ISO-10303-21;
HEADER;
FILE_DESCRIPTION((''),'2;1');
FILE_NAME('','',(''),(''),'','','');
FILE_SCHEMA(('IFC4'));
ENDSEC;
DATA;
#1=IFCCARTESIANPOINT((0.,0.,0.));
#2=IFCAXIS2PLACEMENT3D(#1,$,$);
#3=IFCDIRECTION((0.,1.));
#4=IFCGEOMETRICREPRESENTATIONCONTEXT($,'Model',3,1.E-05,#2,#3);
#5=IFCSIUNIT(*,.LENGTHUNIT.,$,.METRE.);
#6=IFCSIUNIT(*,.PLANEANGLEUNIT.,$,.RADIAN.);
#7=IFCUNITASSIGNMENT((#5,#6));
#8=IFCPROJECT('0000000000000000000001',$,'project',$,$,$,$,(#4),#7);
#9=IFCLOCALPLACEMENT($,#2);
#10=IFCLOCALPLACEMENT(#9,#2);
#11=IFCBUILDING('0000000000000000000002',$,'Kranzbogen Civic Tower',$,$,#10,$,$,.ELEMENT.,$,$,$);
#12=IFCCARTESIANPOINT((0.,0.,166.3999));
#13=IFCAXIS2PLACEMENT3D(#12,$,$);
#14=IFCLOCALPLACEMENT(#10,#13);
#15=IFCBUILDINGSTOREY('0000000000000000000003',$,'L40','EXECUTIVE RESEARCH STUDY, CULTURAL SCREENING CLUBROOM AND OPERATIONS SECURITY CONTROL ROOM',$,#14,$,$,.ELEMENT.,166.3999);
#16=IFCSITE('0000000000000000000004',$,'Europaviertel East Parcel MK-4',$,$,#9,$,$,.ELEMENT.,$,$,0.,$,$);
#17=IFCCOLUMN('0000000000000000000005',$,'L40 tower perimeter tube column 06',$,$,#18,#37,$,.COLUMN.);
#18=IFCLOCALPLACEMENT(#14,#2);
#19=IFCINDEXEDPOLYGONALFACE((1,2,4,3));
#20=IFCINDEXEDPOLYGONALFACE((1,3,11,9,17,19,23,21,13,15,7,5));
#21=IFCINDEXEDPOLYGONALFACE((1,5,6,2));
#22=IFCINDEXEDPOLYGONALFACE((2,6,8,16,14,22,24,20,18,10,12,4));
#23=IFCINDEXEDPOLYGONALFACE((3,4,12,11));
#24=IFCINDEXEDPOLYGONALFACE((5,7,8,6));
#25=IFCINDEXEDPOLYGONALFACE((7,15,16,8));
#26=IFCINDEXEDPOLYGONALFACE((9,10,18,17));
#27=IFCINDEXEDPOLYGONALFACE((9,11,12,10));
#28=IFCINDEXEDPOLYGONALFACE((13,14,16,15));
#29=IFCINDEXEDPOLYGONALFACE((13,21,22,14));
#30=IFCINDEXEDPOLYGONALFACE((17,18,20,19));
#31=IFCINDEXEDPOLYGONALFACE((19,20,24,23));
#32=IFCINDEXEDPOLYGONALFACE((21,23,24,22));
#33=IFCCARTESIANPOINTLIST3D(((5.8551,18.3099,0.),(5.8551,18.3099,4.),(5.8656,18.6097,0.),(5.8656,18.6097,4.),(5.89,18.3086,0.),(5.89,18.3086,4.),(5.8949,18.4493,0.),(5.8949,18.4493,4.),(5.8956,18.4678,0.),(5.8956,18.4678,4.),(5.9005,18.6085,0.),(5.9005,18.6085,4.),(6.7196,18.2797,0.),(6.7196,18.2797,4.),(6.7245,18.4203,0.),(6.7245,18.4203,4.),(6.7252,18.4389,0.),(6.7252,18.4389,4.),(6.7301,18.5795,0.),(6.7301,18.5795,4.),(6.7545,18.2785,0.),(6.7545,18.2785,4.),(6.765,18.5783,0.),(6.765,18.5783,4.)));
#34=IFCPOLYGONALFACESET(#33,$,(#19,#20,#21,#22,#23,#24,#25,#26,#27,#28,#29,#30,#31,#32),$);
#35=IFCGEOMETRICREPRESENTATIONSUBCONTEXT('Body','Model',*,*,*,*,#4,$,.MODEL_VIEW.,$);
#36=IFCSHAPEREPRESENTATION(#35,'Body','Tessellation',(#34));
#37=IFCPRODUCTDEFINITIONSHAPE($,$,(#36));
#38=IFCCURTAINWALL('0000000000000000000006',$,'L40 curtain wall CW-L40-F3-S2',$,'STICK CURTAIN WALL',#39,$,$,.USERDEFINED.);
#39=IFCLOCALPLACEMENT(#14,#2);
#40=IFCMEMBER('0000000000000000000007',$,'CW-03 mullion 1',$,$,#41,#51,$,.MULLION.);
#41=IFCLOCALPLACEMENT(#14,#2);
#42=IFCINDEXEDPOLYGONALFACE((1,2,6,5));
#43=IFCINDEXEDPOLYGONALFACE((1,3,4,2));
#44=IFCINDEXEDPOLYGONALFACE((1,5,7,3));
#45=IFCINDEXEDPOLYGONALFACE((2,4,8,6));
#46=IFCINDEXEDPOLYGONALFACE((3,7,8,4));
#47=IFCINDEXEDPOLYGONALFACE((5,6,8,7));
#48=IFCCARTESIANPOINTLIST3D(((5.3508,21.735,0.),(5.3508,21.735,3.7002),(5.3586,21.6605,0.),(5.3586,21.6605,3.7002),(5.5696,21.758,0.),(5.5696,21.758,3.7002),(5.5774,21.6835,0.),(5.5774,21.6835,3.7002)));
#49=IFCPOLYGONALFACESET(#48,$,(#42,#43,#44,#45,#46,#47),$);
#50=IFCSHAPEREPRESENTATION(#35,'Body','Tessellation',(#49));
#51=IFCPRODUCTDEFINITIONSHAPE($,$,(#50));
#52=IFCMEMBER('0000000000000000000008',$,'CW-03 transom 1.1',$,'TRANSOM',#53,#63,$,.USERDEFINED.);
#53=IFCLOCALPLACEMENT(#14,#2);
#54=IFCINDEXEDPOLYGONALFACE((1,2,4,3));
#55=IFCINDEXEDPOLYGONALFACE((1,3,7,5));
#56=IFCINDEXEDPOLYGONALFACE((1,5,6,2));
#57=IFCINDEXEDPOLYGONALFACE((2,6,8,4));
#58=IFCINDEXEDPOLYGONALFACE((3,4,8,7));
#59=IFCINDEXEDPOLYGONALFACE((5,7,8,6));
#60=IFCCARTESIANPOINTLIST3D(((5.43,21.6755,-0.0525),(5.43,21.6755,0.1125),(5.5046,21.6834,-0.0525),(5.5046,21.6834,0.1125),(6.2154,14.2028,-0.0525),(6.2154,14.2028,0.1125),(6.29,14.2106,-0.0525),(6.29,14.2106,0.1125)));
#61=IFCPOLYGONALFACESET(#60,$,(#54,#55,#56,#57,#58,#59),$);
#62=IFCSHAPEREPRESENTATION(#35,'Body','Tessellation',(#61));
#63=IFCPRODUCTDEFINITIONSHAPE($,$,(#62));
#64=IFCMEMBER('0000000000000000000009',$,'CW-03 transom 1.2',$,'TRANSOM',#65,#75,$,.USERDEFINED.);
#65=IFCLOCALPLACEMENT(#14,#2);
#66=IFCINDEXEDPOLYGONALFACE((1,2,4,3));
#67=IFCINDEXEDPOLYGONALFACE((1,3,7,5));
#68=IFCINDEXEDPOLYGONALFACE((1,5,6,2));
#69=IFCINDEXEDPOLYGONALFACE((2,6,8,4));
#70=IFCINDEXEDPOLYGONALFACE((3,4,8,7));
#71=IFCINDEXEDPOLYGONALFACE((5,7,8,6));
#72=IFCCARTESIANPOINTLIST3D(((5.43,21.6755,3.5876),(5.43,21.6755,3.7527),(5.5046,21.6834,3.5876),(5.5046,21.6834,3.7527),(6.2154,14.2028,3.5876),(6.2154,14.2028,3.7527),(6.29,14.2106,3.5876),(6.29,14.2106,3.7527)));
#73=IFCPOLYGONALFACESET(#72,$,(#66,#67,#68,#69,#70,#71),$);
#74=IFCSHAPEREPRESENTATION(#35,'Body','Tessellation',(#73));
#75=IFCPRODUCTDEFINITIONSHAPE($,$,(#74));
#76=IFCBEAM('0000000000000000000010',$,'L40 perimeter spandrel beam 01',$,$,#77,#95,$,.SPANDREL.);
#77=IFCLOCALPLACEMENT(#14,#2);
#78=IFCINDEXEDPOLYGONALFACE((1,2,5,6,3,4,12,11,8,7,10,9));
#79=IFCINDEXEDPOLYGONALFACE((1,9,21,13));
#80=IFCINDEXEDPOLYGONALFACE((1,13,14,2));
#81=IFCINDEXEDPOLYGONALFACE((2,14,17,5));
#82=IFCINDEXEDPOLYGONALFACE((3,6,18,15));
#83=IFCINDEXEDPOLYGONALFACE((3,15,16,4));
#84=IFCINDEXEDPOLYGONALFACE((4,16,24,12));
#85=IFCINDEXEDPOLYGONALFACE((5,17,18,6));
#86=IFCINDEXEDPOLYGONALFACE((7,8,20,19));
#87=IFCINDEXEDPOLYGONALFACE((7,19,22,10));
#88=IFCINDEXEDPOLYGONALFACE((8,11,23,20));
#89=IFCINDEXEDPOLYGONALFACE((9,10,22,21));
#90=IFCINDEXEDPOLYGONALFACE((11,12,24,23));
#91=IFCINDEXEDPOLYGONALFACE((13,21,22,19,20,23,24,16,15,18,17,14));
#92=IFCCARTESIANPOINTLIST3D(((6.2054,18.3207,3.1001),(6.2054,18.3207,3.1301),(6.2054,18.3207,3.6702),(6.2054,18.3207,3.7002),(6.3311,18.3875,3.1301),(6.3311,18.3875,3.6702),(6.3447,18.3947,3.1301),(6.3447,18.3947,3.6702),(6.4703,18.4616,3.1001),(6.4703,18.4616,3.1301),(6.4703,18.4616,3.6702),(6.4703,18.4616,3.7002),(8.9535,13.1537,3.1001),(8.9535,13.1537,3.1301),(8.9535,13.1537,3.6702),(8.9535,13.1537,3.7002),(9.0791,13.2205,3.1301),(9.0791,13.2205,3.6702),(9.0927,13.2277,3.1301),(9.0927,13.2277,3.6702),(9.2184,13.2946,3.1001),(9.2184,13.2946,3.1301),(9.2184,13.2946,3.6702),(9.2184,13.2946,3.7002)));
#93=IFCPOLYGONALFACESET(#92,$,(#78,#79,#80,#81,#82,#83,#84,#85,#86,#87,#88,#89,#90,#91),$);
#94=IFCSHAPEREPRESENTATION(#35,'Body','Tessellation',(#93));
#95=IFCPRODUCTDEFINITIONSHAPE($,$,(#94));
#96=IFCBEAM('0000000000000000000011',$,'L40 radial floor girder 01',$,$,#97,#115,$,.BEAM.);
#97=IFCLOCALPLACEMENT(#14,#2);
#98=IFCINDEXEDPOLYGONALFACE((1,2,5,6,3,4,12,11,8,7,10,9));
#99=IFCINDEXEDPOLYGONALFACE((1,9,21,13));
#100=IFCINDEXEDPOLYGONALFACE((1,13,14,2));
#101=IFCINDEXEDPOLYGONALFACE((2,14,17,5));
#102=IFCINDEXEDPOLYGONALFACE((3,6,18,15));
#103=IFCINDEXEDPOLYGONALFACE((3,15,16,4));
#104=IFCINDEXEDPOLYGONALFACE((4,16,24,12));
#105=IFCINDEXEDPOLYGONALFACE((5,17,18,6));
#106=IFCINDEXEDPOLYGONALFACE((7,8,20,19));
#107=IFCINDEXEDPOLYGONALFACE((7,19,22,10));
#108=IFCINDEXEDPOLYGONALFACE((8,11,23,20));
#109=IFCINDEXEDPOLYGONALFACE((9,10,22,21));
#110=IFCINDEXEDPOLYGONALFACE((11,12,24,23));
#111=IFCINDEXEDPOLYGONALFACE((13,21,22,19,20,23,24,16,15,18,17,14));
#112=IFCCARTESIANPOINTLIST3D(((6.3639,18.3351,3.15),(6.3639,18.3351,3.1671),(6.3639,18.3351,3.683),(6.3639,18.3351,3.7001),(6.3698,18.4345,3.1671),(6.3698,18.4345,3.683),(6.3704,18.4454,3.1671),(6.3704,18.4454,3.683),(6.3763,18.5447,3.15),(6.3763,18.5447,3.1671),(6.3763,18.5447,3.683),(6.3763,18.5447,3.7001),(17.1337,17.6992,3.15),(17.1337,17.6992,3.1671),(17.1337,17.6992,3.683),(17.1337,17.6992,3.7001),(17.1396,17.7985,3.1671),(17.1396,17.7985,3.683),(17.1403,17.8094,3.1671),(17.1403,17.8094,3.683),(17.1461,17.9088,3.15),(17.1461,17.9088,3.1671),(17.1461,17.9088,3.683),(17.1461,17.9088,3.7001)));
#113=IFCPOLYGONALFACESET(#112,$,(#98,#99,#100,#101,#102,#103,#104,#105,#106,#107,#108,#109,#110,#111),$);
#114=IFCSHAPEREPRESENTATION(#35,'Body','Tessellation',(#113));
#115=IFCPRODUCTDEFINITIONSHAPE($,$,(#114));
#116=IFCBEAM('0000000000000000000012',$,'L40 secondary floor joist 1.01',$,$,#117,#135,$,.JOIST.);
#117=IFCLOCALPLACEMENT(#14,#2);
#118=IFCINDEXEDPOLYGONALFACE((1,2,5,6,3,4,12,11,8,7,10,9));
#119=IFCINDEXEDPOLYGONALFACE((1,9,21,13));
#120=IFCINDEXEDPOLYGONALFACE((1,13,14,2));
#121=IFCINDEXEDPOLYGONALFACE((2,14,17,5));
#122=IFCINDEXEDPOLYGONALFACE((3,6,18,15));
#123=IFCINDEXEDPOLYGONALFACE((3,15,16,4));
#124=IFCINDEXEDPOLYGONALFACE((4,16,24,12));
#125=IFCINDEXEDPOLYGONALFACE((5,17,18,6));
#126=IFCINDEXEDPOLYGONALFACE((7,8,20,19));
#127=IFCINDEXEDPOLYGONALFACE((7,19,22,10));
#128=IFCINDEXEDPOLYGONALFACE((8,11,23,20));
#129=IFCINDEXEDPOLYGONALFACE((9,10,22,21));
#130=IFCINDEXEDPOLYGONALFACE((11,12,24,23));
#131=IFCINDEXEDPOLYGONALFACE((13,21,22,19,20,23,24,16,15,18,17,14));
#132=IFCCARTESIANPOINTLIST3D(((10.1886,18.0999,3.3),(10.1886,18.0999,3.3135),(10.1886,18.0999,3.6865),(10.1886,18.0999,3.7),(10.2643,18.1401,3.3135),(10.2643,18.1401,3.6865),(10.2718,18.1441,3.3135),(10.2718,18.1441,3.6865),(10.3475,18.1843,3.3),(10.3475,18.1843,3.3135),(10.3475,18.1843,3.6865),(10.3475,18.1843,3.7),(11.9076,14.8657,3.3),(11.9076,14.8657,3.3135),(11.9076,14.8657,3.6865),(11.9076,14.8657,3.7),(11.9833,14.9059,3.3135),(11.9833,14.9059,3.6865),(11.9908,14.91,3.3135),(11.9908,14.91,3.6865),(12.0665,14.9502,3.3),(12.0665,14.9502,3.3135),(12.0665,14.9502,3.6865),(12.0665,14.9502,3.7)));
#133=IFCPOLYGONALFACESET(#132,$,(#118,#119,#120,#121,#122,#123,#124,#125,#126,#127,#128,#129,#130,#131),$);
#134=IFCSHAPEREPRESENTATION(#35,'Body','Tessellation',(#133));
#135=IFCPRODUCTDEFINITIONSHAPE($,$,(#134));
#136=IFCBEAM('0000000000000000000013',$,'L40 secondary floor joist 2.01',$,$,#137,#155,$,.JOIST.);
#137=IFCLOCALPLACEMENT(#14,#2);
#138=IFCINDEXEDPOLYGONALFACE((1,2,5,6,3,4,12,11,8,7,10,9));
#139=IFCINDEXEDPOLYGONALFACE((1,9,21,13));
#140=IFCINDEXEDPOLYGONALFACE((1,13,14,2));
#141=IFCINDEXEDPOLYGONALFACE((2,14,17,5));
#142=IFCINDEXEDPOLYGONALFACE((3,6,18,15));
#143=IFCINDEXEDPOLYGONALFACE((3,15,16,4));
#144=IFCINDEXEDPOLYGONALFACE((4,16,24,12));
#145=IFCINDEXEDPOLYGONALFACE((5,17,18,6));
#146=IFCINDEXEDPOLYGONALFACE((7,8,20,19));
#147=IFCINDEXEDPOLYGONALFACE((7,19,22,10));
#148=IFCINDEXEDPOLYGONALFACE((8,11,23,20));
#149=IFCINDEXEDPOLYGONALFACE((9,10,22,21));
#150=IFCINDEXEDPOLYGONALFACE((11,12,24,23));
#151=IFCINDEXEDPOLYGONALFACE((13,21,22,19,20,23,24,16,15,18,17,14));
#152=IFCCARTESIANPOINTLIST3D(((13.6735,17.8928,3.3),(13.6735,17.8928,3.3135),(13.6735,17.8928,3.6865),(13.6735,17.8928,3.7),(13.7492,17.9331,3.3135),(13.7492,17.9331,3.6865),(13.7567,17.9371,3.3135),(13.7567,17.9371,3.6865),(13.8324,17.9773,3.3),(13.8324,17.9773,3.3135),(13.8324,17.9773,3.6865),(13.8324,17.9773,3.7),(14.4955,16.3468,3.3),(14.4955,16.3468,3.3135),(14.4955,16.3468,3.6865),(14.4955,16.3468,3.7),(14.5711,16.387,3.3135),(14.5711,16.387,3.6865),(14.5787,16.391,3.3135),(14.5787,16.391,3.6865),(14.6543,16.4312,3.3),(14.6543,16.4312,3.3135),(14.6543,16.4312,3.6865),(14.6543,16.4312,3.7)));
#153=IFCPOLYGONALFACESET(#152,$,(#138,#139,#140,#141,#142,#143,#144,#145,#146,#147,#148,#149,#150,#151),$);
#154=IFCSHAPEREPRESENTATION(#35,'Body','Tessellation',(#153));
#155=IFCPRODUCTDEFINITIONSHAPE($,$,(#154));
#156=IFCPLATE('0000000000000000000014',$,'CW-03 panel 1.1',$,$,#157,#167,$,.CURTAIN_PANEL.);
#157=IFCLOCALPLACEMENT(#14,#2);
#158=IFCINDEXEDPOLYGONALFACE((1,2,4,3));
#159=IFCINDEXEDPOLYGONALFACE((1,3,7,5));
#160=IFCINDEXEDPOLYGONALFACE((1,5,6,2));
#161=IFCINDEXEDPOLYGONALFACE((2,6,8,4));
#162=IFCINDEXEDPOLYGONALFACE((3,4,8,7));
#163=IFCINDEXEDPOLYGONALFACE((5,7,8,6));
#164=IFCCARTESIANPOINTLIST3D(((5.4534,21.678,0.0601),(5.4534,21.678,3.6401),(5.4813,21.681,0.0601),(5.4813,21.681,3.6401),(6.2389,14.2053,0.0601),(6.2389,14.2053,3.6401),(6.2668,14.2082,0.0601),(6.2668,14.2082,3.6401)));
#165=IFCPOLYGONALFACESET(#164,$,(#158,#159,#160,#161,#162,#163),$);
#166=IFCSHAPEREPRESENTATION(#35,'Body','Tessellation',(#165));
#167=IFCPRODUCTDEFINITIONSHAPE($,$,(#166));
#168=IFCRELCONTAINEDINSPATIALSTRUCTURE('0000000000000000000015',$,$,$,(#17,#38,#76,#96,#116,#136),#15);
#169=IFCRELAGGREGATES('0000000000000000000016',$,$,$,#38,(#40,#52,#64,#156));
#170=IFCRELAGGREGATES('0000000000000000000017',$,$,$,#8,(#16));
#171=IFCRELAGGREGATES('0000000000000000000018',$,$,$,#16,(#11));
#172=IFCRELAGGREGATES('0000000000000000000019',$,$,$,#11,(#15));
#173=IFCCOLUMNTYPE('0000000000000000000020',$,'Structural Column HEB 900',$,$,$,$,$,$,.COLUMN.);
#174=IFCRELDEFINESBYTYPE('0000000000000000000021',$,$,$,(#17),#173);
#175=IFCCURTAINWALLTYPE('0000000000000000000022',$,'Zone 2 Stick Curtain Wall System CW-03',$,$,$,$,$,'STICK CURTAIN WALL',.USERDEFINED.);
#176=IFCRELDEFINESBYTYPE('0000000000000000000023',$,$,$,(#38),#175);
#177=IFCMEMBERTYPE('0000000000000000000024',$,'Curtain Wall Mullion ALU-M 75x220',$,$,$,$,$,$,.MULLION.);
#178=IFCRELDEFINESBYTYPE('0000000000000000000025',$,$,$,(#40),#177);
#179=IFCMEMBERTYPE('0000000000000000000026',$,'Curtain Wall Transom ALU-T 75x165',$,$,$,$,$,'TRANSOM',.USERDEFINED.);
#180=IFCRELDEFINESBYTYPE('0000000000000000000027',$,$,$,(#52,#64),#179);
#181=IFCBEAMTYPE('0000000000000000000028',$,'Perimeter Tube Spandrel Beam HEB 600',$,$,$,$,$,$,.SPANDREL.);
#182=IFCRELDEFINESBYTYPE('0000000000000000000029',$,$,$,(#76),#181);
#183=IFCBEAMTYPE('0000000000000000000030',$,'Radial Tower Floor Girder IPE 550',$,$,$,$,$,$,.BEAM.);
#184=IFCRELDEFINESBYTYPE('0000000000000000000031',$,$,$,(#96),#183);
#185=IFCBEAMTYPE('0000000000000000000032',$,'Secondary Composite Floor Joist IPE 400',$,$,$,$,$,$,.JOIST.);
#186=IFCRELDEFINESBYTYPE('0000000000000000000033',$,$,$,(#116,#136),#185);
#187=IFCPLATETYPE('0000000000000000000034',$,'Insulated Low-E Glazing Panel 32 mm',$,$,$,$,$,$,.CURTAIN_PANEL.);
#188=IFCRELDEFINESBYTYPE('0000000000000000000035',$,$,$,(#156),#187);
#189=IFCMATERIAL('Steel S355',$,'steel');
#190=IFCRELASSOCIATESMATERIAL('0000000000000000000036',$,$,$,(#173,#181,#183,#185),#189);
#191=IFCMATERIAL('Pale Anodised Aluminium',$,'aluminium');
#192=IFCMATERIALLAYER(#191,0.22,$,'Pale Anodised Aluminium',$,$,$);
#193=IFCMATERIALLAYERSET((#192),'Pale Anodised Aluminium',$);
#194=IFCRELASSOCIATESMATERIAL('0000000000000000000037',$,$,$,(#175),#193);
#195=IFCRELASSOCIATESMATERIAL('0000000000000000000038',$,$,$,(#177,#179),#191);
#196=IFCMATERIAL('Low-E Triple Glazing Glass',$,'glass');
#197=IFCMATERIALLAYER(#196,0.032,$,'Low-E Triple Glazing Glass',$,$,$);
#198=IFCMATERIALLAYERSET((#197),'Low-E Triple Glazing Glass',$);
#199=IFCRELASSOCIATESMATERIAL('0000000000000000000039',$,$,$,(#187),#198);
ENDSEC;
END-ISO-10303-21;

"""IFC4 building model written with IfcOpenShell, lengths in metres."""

from ifc_helpers import new_model, si_unit, direction, frame, origin, origin_2d, place, context, subcontext, project, spatial, rectangle, i_section, extrude, material, layer, layer_set, material_profile, profile_set, type_object, element, aggregate, save


model = new_model("IFC4")

# Units and contexts
model_context = context("Model", 3, precision=1e-05, world=origin(), true_north=direction((0.0, 1.0)))
body_context = subcontext(model_context, "Body", "Model", "MODEL_VIEW")
ifc_project = project(units=[si_unit("LENGTHUNIT", "METRE"), si_unit("PLANEANGLEUNIT", "RADIAN")], contexts=[model_context])

# Site, building, storey
site_placement = place(None, origin())
site = spatial("IfcSite", under=ifc_project, at=site_placement, Name="Europaviertel East Parcel MK-4", CompositionType="ELEMENT", RefElevation=0.0)
building_placement = place(site_placement, origin())
building = spatial("IfcBuilding", under=site, at=building_placement, Name="Kranzbogen Civic Tower", CompositionType="ELEMENT")
storey_placement = place(building_placement, frame((0.0, 0.0, 166.3999)))
storey = spatial("IfcBuildingStorey", under=building, at=storey_placement, Name="L40", Description="EXECUTIVE RESEARCH STUDY, CULTURAL SCREENING CLUBROOM AND OPERATIONS SECURITY CONTROL ROOM", CompositionType="ELEMENT", Elevation=166.3999)

# Column
ifc_material_1 = material(Name="Steel S355", Category="steel")
ifc_material_profile_1 = material_profile(ifc_material_1, i_section(OverallWidth=0.3, OverallDepth=0.8999, WebThickness=0.0186, FlangeThickness=0.0349, at=origin_2d()), Name="HEB 900")
ifc_profile_set_1 = profile_set([ifc_material_profile_1], Name="Steel S355")
column_type = type_object("IfcColumnType", Name="Structural Column HEB 900", PredefinedType="COLUMN", material=ifc_profile_set_1)
column_placement = place(storey_placement, frame((6.3101, 18.4441, 0.0), z_axis=(0.0, 0.0, 1.0), x_axis=(0.034899, 0.999391, 0.0)))
element("IfcColumn", 1, at=column_placement, inside=storey, type_object=column_type, Name="L40 tower perimeter tube column 06", PredefinedType="COLUMN", context=body_context, shape_type="SweptSolid", body=[
    extrude(i_section(OverallWidth=0.3, OverallDepth=0.8999, WebThickness=0.0186, FlangeThickness=0.0349, at=origin_2d()), origin(), (0.0, 0.0, 1.0), 4.0),
])

# Curtain wall, members
ifc_material_2 = material(Name="Pale Anodised Aluminium", Category="aluminium")
ifc_layer_1 = layer(ifc_material_2, 0.22, Name="Pale Anodised Aluminium")
ifc_layer_set_1 = layer_set([ifc_layer_1], Name="Pale Anodised Aluminium")
curtain_wall_type = type_object("IfcCurtainWallType", Name="Zone 2 Stick Curtain Wall System CW-03", ElementType="STICK CURTAIN WALL", PredefinedType="USERDEFINED", material=ifc_layer_set_1)
curtain_wall_placement = place(storey_placement, origin())
curtain_wall = element("IfcCurtainWall", 2, at=curtain_wall_placement, inside=storey, type_object=curtain_wall_type, Name="L40 curtain wall CW-L40-F3-S2", ObjectType="STICK CURTAIN WALL", PredefinedType="USERDEFINED")
ifc_material_profile_2 = material_profile(ifc_material_2, rectangle(XDim=0.075, YDim=0.22, at=origin_2d()), Name="ALU-M 75x220")
ifc_profile_set_2 = profile_set([ifc_material_profile_2], Name="Pale Anodised Aluminium")
member_type_1 = type_object("IfcMemberType", Name="Curtain Wall Mullion ALU-M 75x220", PredefinedType="MULLION", material=ifc_profile_set_2)
member_1_placement = place(storey_placement, frame((5.4641, 21.7092, 0.0), z_axis=(0.0, 0.0, 1.0), x_axis=(0.104535, -0.994521, 0.0)))
member_1 = element("IfcMember", 3, at=member_1_placement, type_object=member_type_1, Name="CW-03 mullion 1", PredefinedType="MULLION", context=body_context, shape_type="SweptSolid", body=[
    extrude(rectangle(XDim=0.075, YDim=0.22, at=origin_2d()), origin(), (0.0, 0.0, 1.0), 3.7002),
])
ifc_material_profile_3 = material_profile(ifc_material_2, rectangle(XDim=0.075, YDim=0.165, at=origin_2d()), Name="ALU-T 75x165")
ifc_profile_set_3 = profile_set([ifc_material_profile_3], Name="Pale Anodised Aluminium")
member_type_2 = type_object("IfcMemberType", Name="Curtain Wall Transom ALU-T 75x165", ElementType="TRANSOM", PredefinedType="USERDEFINED", material=ifc_profile_set_3)
member_2_placement = place(storey_placement, frame((5.4673, 21.6794, 0.03), z_axis=(0.104527, -0.994522, 0.0), x_axis=(0.994522, 0.104527, 0.0)))
member_2 = element("IfcMember", 4, at=member_2_placement, type_object=member_type_2, Name="CW-03 transom 1.1", ObjectType="TRANSOM", PredefinedType="USERDEFINED", context=body_context, shape_type="SweptSolid", body=[
    extrude(rectangle(XDim=0.075, YDim=0.165, at=origin_2d()), origin(), (0.0, 0.0, 1.0), 7.5139),
])
member_3_placement = place(storey_placement, frame((5.4673, 21.6794, 3.6702), z_axis=(0.104527, -0.994522, 0.0), x_axis=(0.994522, 0.104527, 0.0)))
member_3 = element("IfcMember", 5, at=member_3_placement, type_object=member_type_2, Name="CW-03 transom 1.2", ObjectType="TRANSOM", PredefinedType="USERDEFINED", context=body_context, shape_type="SweptSolid", body=[
    extrude(rectangle(XDim=0.075, YDim=0.165, at=origin_2d()), origin(), (0.0, 0.0, 1.0), 7.5139),
])

# Beams
ifc_material_profile_4 = material_profile(ifc_material_1, i_section(OverallWidth=0.3, OverallDepth=0.6001, WebThickness=0.0154, FlangeThickness=0.03, at=origin_2d()), Name="HEB 600")
ifc_profile_set_4 = profile_set([ifc_material_profile_4], Name="Steel S355")
beam_type_1 = type_object("IfcBeamType", Name="Perimeter Tube Spandrel Beam HEB 600", PredefinedType="SPANDREL", material=ifc_profile_set_4)
beam_1_placement = place(storey_placement, frame((6.3379, 18.3911, 3.4001), z_axis=(0.469566, -0.882897, 0.0), x_axis=(0.882897, 0.469566, 0.0)))
element("IfcBeam", 6, at=beam_1_placement, inside=storey, type_object=beam_type_1, Name="L40 perimeter spandrel beam 01", PredefinedType="SPANDREL", context=body_context, shape_type="SweptSolid", body=[
    extrude(i_section(OverallWidth=0.3, OverallDepth=0.6001, WebThickness=0.0154, FlangeThickness=0.03, at=origin_2d()), origin(), (0.0, 0.0, 1.0), 5.8523),
])
ifc_material_profile_5 = material_profile(ifc_material_1, i_section(OverallWidth=0.21, OverallDepth=0.55, WebThickness=0.011, FlangeThickness=0.0171, at=origin_2d()), Name="IPE 550")
ifc_profile_set_5 = profile_set([ifc_material_profile_5], Name="Steel S355")
beam_type_2 = type_object("IfcBeamType", Name="Radial Tower Floor Girder IPE 550", PredefinedType="BEAM", material=ifc_profile_set_5)
beam_2_placement = place(storey_placement, frame((6.3701, 18.4399, 3.425), z_axis=(0.998261, -0.05895, 0.0), x_axis=(0.05895, 0.998261, 0.0)))
element("IfcBeam", 7, at=beam_2_placement, inside=storey, type_object=beam_type_2, Name="L40 radial floor girder 01", PredefinedType="BEAM", context=body_context, shape_type="SweptSolid", body=[
    extrude(i_section(OverallWidth=0.21, OverallDepth=0.55, WebThickness=0.011, FlangeThickness=0.0171, at=origin_2d()), origin(), (0.0, 0.0, 1.0), 10.7886),
])
ifc_material_profile_6 = material_profile(ifc_material_1, i_section(OverallWidth=0.1799, OverallDepth=0.3999, WebThickness=0.0085, FlangeThickness=0.0134, at=origin_2d()), Name="IPE 400")
ifc_profile_set_6 = profile_set([ifc_material_profile_6], Name="Steel S355")
beam_type_3 = type_object("IfcBeamType", Name="Secondary Composite Floor Joist IPE 400", PredefinedType="JOIST", material=ifc_profile_set_6)
beam_3_placement = place(storey_placement, frame((10.2681, 18.1421, 3.5), z_axis=(0.469339, -0.883018, 0.0), x_axis=(0.883018, 0.469339, 0.0)))
element("IfcBeam", 8, at=beam_3_placement, inside=storey, type_object=beam_type_3, Name="L40 secondary floor joist 1.01", PredefinedType="JOIST", context=body_context, shape_type="SweptSolid", body=[
    extrude(i_section(OverallWidth=0.1799, OverallDepth=0.3999, WebThickness=0.0085, FlangeThickness=0.0134, at=origin_2d()), origin(), (0.0, 0.0, 1.0), 3.6626),
])
beam_4_placement = place(storey_placement, frame((13.7529, 17.9351, 3.5), z_axis=(0.469437, -0.882966, 0.0), x_axis=(0.882966, 0.469437, 0.0)))
element("IfcBeam", 9, at=beam_4_placement, inside=storey, type_object=beam_type_3, Name="L40 secondary floor joist 2.01", PredefinedType="JOIST", context=body_context, shape_type="SweptSolid", body=[
    extrude(i_section(OverallWidth=0.1799, OverallDepth=0.3999, WebThickness=0.0085, FlangeThickness=0.0134, at=origin_2d()), origin(), (0.0, 0.0, 1.0), 1.751),
])

# Plate
ifc_material_3 = material(Name="Low-E Triple Glazing Glass", Category="glass")
ifc_layer_2 = layer(ifc_material_3, 0.032, Name="Low-E Triple Glazing Glass")
ifc_layer_set_2 = layer_set([ifc_layer_2], Name="Low-E Triple Glazing Glass")
plate_type = type_object("IfcPlateType", Name="Insulated Low-E Glazing Panel 32 mm", PredefinedType="CURTAIN_PANEL", material=ifc_layer_set_2)
plate_placement = place(storey_placement, frame((5.8601, 17.9431, 0.0601), z_axis=(0.0, 0.0, 1.0), x_axis=(0.104535, -0.994521, 0.0)))
plate = element("IfcPlate", 10, at=plate_placement, type_object=plate_type, Name="CW-03 panel 1.1", PredefinedType="CURTAIN_PANEL", context=body_context, shape_type="SweptSolid", body=[
    extrude(rectangle(XDim=7.5139, YDim=0.0281, at=origin_2d()), origin(), (0.0, 0.0, 1.0), 3.5801),
])
aggregate(curtain_wall, [member_1, member_2, member_3, plate])

save(model, "model.ifc")
